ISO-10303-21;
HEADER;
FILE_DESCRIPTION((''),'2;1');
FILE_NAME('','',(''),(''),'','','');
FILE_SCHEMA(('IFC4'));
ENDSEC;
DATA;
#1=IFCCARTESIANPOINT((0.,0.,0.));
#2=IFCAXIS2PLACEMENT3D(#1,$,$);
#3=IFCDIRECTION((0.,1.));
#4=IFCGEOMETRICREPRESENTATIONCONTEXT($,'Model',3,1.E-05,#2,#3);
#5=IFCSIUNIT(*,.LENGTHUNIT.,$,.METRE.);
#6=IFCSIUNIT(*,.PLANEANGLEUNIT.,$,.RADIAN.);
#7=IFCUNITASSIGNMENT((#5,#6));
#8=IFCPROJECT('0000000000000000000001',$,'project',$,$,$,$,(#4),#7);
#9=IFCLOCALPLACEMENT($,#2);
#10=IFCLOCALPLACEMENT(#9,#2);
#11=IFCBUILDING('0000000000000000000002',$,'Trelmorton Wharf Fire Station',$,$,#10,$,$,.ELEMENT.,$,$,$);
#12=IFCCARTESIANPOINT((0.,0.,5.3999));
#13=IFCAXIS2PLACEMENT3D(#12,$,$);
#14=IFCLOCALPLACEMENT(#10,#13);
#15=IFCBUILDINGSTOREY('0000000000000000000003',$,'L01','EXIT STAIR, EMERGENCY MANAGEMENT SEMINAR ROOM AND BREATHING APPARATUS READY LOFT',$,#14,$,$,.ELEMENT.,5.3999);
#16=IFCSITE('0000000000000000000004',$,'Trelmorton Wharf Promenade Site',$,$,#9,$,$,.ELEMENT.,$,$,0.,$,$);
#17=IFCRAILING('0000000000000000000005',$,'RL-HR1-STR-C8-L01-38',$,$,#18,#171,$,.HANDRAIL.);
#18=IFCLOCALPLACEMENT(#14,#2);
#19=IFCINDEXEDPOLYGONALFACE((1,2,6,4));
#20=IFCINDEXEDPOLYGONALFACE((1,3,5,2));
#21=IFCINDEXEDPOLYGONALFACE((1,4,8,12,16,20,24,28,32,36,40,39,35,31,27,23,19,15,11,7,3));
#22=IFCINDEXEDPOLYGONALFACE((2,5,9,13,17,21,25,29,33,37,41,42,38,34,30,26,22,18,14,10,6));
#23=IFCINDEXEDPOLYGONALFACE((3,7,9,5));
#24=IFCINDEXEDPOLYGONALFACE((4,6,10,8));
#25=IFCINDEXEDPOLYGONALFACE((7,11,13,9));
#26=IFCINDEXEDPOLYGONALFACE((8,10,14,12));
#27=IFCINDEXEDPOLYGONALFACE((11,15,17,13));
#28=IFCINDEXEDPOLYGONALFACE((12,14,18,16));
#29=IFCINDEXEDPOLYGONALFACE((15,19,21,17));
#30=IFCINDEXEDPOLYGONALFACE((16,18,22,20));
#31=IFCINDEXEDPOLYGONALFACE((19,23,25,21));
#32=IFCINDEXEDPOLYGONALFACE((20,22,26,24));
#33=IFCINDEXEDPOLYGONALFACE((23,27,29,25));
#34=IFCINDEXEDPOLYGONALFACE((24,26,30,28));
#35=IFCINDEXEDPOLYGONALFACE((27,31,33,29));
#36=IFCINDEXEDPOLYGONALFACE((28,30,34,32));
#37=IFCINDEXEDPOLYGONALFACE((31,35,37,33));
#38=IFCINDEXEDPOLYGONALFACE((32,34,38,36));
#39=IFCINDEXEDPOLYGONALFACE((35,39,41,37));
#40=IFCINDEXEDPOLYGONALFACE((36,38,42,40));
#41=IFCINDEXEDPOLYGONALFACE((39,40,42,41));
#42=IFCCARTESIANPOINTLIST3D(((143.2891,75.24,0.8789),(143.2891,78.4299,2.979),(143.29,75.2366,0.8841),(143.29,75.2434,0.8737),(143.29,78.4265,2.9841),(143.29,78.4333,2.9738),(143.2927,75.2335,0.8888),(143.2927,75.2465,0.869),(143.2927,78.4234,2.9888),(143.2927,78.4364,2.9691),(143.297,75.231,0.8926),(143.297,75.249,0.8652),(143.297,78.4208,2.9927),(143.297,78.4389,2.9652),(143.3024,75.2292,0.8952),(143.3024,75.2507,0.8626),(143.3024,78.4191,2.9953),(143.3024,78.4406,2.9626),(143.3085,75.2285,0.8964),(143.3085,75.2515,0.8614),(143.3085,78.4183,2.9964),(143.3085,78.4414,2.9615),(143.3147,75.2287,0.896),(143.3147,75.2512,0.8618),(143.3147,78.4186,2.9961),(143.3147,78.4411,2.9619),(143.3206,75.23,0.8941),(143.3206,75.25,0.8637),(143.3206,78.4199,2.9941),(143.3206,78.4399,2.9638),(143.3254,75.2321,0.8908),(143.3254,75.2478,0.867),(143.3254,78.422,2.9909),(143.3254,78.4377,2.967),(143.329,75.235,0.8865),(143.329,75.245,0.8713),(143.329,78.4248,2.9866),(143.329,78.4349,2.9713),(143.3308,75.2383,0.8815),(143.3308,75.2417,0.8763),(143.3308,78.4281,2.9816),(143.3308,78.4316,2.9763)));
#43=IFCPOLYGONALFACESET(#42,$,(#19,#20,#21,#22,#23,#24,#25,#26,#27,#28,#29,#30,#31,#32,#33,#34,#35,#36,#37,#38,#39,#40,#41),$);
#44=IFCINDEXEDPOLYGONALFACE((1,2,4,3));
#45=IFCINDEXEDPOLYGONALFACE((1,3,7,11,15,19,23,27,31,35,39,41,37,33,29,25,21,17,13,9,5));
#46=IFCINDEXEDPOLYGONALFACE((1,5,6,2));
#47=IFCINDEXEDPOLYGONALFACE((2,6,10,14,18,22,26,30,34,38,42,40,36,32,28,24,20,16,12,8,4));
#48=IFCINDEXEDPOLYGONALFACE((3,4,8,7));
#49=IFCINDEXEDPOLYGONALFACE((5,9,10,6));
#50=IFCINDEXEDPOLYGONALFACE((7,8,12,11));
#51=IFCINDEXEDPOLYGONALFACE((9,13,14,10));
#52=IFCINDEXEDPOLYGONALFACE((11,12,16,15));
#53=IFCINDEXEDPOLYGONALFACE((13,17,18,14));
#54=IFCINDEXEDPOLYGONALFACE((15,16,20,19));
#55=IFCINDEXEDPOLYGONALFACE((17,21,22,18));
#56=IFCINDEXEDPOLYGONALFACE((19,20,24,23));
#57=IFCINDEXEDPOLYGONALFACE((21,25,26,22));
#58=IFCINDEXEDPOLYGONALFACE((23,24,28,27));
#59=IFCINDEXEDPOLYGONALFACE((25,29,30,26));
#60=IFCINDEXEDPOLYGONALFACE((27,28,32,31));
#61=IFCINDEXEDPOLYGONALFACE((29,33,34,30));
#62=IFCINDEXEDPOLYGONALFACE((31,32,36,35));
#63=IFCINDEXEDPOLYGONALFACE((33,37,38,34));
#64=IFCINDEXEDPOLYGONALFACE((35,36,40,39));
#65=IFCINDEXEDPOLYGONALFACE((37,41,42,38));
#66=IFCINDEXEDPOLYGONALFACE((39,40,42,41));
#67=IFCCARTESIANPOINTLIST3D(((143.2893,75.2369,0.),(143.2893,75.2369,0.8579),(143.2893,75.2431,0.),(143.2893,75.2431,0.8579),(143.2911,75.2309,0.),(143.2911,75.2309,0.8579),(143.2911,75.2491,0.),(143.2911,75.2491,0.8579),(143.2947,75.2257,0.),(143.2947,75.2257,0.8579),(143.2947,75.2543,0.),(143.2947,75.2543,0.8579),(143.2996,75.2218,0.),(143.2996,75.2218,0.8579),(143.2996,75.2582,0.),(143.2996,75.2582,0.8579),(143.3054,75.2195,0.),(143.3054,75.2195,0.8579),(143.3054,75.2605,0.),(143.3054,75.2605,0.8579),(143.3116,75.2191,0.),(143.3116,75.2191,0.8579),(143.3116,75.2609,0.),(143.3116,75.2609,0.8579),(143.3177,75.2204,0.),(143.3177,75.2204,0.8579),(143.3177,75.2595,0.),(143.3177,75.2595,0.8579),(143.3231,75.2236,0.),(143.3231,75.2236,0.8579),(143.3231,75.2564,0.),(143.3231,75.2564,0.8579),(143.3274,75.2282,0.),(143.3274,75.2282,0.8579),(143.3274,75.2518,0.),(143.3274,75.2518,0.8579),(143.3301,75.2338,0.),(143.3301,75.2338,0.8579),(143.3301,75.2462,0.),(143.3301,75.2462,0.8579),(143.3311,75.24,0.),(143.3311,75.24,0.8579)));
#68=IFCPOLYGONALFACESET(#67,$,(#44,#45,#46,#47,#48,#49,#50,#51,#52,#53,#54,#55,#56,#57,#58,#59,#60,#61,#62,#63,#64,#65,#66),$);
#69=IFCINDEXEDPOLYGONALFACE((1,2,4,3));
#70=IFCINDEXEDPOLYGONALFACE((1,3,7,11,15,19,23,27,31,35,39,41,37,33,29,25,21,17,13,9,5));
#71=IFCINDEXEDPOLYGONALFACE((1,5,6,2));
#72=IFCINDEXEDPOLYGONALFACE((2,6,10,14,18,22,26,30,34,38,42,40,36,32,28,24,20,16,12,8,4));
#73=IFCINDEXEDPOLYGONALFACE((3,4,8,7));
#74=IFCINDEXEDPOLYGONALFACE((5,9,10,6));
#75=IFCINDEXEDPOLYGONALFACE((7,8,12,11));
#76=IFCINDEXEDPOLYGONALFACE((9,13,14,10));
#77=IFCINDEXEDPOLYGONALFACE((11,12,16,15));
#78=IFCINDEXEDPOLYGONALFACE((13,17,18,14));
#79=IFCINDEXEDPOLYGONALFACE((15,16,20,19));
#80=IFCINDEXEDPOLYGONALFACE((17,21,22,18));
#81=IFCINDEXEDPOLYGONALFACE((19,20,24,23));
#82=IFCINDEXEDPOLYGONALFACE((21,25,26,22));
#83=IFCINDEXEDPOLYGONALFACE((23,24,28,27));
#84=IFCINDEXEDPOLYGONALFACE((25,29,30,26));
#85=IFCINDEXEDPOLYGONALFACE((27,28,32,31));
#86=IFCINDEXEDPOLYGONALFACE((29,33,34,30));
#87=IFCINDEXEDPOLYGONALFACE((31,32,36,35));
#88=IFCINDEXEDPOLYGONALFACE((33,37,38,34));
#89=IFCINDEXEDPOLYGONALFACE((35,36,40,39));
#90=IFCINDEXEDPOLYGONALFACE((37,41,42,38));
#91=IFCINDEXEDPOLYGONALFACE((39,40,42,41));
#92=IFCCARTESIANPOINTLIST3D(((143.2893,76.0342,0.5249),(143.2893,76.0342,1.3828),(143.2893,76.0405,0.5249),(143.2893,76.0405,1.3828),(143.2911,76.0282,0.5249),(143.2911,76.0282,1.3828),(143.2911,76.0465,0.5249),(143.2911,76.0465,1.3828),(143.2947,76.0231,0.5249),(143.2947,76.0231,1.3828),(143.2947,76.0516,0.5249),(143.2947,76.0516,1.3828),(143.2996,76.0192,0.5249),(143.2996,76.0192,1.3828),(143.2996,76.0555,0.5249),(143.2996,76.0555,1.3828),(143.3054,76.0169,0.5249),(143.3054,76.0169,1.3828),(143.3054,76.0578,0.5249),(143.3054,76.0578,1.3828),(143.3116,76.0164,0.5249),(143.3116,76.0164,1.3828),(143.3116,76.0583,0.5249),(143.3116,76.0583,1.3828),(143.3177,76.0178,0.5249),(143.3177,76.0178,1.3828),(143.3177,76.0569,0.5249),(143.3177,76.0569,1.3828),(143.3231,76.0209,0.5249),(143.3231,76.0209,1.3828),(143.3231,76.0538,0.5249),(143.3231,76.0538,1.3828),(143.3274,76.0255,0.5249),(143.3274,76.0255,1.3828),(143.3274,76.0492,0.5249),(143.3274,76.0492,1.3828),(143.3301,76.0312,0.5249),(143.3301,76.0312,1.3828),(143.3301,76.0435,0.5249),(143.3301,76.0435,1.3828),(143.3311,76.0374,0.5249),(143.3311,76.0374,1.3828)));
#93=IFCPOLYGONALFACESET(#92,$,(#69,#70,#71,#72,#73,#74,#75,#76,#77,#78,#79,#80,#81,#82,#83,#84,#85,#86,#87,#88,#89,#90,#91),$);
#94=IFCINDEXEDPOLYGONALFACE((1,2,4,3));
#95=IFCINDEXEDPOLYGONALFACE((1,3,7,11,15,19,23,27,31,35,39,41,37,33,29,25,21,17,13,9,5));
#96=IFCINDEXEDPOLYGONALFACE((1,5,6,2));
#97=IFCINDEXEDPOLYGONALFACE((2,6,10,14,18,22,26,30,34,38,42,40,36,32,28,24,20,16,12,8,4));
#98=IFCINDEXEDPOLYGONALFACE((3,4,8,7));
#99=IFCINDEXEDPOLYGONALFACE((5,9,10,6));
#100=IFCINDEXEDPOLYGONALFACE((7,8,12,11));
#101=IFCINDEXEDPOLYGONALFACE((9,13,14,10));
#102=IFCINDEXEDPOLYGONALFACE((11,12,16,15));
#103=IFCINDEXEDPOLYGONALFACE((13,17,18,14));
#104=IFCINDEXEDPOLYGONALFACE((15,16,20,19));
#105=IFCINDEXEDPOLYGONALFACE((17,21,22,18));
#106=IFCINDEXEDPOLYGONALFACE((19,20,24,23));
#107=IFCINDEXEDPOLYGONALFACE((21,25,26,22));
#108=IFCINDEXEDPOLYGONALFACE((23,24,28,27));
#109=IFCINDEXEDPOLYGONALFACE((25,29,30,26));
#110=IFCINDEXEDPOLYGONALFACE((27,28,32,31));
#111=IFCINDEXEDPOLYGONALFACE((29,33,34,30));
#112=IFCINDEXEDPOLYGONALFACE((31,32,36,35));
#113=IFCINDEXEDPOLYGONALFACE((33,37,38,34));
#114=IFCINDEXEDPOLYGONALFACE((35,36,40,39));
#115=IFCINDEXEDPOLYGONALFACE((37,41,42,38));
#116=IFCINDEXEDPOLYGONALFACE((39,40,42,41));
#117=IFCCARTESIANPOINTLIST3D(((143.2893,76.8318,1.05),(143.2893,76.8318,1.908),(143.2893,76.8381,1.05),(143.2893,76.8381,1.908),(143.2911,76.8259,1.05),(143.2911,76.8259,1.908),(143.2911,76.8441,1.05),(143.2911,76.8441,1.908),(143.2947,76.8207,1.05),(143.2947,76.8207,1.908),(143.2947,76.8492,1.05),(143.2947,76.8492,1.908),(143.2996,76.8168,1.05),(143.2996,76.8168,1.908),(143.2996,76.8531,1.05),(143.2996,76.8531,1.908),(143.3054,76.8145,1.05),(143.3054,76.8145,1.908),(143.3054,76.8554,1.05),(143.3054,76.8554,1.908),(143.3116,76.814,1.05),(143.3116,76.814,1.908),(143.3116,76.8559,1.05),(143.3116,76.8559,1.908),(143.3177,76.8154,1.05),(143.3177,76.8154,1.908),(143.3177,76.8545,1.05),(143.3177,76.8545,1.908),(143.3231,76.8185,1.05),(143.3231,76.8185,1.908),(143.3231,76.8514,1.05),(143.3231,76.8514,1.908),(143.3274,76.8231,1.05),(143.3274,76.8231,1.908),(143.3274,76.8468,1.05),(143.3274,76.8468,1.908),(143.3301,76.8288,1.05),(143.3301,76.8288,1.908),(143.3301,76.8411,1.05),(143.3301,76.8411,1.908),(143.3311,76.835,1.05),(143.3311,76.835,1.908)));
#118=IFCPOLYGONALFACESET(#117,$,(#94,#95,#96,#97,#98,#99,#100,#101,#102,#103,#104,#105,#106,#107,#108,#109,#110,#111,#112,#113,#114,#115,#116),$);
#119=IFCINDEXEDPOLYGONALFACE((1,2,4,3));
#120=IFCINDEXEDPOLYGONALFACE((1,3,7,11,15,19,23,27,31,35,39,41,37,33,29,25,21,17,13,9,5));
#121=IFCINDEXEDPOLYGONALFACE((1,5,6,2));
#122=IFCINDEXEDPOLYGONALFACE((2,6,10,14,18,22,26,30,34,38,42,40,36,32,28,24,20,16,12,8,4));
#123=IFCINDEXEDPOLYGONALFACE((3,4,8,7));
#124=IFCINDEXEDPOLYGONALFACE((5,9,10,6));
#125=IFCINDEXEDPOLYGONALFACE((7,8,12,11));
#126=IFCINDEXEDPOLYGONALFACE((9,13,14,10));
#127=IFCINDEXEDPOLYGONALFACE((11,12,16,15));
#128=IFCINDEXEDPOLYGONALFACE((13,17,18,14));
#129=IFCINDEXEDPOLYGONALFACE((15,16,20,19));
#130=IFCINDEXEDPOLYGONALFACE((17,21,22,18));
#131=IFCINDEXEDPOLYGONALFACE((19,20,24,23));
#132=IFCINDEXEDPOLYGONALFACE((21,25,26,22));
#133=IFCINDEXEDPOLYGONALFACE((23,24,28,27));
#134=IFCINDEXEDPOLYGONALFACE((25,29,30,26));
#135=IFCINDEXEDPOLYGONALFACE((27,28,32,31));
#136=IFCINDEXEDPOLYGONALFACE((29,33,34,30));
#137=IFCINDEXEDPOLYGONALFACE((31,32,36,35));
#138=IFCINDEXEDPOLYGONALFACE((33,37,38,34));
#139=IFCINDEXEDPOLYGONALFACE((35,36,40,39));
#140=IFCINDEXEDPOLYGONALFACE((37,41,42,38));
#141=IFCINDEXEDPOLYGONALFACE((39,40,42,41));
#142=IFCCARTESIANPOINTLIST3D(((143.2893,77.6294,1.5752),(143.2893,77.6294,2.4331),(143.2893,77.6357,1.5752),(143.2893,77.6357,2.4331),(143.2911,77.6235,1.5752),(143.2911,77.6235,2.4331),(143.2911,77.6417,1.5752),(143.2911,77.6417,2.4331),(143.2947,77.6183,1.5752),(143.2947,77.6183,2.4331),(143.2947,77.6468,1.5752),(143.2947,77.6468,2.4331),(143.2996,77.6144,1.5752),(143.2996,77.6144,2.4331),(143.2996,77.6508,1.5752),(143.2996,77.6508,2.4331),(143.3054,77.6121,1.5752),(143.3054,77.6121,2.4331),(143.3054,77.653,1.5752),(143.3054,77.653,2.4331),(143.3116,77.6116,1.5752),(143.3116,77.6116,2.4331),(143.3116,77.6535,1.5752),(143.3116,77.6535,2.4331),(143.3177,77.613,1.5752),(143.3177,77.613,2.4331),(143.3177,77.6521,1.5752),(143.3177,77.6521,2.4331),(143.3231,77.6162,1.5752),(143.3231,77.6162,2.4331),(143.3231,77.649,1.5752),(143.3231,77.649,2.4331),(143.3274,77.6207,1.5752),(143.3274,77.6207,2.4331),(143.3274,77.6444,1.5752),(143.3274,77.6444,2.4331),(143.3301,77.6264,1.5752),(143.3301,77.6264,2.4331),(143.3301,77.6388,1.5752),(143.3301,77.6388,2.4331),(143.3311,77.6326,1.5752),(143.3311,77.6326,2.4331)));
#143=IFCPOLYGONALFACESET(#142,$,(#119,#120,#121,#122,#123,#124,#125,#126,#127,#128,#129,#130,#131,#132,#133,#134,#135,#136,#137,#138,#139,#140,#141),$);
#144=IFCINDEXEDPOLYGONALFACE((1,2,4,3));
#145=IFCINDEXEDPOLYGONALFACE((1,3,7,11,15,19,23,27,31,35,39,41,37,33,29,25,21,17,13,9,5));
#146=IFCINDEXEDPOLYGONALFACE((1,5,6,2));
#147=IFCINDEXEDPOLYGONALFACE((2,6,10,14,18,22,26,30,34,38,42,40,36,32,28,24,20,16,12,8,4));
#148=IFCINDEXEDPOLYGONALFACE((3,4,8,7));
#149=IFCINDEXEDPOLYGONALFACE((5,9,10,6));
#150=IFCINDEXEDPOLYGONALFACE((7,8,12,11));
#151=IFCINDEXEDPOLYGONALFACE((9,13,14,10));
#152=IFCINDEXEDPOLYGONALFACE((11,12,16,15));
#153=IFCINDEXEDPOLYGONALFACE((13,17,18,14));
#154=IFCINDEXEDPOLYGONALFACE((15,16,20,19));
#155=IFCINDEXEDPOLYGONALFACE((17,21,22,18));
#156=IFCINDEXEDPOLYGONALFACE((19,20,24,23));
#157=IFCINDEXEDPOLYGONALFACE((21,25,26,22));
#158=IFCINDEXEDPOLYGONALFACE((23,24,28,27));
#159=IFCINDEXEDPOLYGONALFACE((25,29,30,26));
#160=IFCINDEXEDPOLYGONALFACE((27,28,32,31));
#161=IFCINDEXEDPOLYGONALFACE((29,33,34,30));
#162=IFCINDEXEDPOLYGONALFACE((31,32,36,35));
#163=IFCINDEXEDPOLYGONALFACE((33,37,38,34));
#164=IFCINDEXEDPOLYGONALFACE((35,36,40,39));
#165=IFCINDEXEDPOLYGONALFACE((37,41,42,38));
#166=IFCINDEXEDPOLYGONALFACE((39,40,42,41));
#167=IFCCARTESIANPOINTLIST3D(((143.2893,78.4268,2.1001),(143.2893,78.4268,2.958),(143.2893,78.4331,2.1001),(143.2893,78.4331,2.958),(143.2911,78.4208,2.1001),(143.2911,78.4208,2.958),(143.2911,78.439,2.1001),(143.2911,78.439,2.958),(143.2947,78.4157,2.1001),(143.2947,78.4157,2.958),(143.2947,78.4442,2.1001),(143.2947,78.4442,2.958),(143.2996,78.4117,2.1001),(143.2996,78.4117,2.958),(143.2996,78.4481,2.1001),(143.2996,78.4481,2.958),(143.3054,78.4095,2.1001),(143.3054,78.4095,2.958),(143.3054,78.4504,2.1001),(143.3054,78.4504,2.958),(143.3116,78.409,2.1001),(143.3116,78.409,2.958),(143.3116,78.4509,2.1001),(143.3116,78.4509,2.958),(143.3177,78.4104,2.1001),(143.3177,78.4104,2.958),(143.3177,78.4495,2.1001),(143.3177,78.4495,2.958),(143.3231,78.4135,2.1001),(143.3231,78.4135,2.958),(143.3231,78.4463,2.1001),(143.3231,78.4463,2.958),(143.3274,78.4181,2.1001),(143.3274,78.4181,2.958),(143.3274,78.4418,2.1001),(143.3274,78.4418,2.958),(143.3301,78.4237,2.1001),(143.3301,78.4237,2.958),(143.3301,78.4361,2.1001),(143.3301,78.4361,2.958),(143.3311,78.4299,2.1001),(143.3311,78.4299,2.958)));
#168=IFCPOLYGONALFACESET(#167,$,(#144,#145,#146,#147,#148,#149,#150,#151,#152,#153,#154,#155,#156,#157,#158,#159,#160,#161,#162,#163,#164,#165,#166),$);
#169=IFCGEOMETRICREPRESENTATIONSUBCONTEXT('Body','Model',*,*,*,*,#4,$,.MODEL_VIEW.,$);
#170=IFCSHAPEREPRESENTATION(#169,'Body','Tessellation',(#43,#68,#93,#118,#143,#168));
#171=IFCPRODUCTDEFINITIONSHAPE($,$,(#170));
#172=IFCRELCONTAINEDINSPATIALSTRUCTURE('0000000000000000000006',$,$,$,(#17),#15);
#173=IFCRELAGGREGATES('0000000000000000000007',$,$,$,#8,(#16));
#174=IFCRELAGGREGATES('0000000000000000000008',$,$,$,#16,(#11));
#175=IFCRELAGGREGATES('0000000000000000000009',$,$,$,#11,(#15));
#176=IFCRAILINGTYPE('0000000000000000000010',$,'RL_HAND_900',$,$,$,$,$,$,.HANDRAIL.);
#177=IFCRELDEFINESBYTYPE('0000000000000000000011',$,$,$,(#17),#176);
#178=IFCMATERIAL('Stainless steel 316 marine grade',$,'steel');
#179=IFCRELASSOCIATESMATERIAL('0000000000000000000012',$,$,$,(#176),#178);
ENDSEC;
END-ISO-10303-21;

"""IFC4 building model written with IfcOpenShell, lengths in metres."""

from ifc_helpers import new_model, si_unit, direction, frame, origin, origin_2d, place, context, subcontext, project, spatial, circle, extrude, material, type_object, element, save


model = new_model("IFC4")

# Units and contexts
model_context = context("Model", 3, precision=1e-05, world=origin(), true_north=direction((0.0, 1.0)))
body_context = subcontext(model_context, "Body", "Model", "MODEL_VIEW")
ifc_project = project(units=[si_unit("LENGTHUNIT", "METRE"), si_unit("PLANEANGLEUNIT", "RADIAN")], contexts=[model_context])

# Site, building, storey
site_placement = place(None, origin())
site = spatial("IfcSite", under=ifc_project, at=site_placement, Name="Trelmorton Wharf Promenade Site", CompositionType="ELEMENT", RefElevation=0.0)
building_placement = place(site_placement, origin())
building = spatial("IfcBuilding", under=site, at=building_placement, Name="Trelmorton Wharf Fire Station", CompositionType="ELEMENT")
storey_placement = place(building_placement, frame((0.0, 0.0, 5.3999)))
storey = spatial("IfcBuildingStorey", under=building, at=storey_placement, Name="L01", Description="EXIT STAIR, EMERGENCY MANAGEMENT SEMINAR ROOM AND BREATHING APPARATUS READY LOFT", CompositionType="ELEMENT", Elevation=5.3999)

# Shared definitions
ifc_material_1 = material(Name="Stainless steel 316 marine grade", Category="steel")

# Railing
railing_type_1 = type_object("IfcRailingType", Name="RL_HAND_900", PredefinedType="HANDRAIL", material=ifc_material_1)
railing_1_placement = place(storey_placement, frame((143.3101, 75.24, 0.0)))
element("IfcRailing", 1, at=railing_1_placement, inside=storey, type_object=railing_type_1, Name="RL-HR1-STR-C8-L01-38", PredefinedType="HANDRAIL", context=body_context, shape_type="SweptSolid", body=[
    extrude(circle(Radius=0.021, at=origin_2d()), frame((0.0, 0.0, 0.8789), z_axis=(0.0, 0.835242, 0.549882), x_axis=(-1.0, 0.0, 0.0)), (0.0, 0.0, 1.0), 3.8191),
    extrude(circle(Radius=0.021, at=origin_2d()), origin(), (0.0, 0.0, 1.0), 0.8579),
    extrude(circle(Radius=0.021, at=origin_2d()), frame((0.0, 0.7974, 0.5249)), (0.0, 0.0, 1.0), 0.8579),
    extrude(circle(Radius=0.021, at=origin_2d()), frame((0.0, 1.595, 1.05)), (0.0, 0.0, 1.0), 0.8579),
    extrude(circle(Radius=0.021, at=origin_2d()), frame((0.0, 2.3926, 1.5752)), (0.0, 0.0, 1.0), 0.8579),
    extrude(circle(Radius=0.021, at=origin_2d()), frame((0.0, 3.1899, 2.1001)), (0.0, 0.0, 1.0), 0.8579),
])

save(model, "model.ifc")
